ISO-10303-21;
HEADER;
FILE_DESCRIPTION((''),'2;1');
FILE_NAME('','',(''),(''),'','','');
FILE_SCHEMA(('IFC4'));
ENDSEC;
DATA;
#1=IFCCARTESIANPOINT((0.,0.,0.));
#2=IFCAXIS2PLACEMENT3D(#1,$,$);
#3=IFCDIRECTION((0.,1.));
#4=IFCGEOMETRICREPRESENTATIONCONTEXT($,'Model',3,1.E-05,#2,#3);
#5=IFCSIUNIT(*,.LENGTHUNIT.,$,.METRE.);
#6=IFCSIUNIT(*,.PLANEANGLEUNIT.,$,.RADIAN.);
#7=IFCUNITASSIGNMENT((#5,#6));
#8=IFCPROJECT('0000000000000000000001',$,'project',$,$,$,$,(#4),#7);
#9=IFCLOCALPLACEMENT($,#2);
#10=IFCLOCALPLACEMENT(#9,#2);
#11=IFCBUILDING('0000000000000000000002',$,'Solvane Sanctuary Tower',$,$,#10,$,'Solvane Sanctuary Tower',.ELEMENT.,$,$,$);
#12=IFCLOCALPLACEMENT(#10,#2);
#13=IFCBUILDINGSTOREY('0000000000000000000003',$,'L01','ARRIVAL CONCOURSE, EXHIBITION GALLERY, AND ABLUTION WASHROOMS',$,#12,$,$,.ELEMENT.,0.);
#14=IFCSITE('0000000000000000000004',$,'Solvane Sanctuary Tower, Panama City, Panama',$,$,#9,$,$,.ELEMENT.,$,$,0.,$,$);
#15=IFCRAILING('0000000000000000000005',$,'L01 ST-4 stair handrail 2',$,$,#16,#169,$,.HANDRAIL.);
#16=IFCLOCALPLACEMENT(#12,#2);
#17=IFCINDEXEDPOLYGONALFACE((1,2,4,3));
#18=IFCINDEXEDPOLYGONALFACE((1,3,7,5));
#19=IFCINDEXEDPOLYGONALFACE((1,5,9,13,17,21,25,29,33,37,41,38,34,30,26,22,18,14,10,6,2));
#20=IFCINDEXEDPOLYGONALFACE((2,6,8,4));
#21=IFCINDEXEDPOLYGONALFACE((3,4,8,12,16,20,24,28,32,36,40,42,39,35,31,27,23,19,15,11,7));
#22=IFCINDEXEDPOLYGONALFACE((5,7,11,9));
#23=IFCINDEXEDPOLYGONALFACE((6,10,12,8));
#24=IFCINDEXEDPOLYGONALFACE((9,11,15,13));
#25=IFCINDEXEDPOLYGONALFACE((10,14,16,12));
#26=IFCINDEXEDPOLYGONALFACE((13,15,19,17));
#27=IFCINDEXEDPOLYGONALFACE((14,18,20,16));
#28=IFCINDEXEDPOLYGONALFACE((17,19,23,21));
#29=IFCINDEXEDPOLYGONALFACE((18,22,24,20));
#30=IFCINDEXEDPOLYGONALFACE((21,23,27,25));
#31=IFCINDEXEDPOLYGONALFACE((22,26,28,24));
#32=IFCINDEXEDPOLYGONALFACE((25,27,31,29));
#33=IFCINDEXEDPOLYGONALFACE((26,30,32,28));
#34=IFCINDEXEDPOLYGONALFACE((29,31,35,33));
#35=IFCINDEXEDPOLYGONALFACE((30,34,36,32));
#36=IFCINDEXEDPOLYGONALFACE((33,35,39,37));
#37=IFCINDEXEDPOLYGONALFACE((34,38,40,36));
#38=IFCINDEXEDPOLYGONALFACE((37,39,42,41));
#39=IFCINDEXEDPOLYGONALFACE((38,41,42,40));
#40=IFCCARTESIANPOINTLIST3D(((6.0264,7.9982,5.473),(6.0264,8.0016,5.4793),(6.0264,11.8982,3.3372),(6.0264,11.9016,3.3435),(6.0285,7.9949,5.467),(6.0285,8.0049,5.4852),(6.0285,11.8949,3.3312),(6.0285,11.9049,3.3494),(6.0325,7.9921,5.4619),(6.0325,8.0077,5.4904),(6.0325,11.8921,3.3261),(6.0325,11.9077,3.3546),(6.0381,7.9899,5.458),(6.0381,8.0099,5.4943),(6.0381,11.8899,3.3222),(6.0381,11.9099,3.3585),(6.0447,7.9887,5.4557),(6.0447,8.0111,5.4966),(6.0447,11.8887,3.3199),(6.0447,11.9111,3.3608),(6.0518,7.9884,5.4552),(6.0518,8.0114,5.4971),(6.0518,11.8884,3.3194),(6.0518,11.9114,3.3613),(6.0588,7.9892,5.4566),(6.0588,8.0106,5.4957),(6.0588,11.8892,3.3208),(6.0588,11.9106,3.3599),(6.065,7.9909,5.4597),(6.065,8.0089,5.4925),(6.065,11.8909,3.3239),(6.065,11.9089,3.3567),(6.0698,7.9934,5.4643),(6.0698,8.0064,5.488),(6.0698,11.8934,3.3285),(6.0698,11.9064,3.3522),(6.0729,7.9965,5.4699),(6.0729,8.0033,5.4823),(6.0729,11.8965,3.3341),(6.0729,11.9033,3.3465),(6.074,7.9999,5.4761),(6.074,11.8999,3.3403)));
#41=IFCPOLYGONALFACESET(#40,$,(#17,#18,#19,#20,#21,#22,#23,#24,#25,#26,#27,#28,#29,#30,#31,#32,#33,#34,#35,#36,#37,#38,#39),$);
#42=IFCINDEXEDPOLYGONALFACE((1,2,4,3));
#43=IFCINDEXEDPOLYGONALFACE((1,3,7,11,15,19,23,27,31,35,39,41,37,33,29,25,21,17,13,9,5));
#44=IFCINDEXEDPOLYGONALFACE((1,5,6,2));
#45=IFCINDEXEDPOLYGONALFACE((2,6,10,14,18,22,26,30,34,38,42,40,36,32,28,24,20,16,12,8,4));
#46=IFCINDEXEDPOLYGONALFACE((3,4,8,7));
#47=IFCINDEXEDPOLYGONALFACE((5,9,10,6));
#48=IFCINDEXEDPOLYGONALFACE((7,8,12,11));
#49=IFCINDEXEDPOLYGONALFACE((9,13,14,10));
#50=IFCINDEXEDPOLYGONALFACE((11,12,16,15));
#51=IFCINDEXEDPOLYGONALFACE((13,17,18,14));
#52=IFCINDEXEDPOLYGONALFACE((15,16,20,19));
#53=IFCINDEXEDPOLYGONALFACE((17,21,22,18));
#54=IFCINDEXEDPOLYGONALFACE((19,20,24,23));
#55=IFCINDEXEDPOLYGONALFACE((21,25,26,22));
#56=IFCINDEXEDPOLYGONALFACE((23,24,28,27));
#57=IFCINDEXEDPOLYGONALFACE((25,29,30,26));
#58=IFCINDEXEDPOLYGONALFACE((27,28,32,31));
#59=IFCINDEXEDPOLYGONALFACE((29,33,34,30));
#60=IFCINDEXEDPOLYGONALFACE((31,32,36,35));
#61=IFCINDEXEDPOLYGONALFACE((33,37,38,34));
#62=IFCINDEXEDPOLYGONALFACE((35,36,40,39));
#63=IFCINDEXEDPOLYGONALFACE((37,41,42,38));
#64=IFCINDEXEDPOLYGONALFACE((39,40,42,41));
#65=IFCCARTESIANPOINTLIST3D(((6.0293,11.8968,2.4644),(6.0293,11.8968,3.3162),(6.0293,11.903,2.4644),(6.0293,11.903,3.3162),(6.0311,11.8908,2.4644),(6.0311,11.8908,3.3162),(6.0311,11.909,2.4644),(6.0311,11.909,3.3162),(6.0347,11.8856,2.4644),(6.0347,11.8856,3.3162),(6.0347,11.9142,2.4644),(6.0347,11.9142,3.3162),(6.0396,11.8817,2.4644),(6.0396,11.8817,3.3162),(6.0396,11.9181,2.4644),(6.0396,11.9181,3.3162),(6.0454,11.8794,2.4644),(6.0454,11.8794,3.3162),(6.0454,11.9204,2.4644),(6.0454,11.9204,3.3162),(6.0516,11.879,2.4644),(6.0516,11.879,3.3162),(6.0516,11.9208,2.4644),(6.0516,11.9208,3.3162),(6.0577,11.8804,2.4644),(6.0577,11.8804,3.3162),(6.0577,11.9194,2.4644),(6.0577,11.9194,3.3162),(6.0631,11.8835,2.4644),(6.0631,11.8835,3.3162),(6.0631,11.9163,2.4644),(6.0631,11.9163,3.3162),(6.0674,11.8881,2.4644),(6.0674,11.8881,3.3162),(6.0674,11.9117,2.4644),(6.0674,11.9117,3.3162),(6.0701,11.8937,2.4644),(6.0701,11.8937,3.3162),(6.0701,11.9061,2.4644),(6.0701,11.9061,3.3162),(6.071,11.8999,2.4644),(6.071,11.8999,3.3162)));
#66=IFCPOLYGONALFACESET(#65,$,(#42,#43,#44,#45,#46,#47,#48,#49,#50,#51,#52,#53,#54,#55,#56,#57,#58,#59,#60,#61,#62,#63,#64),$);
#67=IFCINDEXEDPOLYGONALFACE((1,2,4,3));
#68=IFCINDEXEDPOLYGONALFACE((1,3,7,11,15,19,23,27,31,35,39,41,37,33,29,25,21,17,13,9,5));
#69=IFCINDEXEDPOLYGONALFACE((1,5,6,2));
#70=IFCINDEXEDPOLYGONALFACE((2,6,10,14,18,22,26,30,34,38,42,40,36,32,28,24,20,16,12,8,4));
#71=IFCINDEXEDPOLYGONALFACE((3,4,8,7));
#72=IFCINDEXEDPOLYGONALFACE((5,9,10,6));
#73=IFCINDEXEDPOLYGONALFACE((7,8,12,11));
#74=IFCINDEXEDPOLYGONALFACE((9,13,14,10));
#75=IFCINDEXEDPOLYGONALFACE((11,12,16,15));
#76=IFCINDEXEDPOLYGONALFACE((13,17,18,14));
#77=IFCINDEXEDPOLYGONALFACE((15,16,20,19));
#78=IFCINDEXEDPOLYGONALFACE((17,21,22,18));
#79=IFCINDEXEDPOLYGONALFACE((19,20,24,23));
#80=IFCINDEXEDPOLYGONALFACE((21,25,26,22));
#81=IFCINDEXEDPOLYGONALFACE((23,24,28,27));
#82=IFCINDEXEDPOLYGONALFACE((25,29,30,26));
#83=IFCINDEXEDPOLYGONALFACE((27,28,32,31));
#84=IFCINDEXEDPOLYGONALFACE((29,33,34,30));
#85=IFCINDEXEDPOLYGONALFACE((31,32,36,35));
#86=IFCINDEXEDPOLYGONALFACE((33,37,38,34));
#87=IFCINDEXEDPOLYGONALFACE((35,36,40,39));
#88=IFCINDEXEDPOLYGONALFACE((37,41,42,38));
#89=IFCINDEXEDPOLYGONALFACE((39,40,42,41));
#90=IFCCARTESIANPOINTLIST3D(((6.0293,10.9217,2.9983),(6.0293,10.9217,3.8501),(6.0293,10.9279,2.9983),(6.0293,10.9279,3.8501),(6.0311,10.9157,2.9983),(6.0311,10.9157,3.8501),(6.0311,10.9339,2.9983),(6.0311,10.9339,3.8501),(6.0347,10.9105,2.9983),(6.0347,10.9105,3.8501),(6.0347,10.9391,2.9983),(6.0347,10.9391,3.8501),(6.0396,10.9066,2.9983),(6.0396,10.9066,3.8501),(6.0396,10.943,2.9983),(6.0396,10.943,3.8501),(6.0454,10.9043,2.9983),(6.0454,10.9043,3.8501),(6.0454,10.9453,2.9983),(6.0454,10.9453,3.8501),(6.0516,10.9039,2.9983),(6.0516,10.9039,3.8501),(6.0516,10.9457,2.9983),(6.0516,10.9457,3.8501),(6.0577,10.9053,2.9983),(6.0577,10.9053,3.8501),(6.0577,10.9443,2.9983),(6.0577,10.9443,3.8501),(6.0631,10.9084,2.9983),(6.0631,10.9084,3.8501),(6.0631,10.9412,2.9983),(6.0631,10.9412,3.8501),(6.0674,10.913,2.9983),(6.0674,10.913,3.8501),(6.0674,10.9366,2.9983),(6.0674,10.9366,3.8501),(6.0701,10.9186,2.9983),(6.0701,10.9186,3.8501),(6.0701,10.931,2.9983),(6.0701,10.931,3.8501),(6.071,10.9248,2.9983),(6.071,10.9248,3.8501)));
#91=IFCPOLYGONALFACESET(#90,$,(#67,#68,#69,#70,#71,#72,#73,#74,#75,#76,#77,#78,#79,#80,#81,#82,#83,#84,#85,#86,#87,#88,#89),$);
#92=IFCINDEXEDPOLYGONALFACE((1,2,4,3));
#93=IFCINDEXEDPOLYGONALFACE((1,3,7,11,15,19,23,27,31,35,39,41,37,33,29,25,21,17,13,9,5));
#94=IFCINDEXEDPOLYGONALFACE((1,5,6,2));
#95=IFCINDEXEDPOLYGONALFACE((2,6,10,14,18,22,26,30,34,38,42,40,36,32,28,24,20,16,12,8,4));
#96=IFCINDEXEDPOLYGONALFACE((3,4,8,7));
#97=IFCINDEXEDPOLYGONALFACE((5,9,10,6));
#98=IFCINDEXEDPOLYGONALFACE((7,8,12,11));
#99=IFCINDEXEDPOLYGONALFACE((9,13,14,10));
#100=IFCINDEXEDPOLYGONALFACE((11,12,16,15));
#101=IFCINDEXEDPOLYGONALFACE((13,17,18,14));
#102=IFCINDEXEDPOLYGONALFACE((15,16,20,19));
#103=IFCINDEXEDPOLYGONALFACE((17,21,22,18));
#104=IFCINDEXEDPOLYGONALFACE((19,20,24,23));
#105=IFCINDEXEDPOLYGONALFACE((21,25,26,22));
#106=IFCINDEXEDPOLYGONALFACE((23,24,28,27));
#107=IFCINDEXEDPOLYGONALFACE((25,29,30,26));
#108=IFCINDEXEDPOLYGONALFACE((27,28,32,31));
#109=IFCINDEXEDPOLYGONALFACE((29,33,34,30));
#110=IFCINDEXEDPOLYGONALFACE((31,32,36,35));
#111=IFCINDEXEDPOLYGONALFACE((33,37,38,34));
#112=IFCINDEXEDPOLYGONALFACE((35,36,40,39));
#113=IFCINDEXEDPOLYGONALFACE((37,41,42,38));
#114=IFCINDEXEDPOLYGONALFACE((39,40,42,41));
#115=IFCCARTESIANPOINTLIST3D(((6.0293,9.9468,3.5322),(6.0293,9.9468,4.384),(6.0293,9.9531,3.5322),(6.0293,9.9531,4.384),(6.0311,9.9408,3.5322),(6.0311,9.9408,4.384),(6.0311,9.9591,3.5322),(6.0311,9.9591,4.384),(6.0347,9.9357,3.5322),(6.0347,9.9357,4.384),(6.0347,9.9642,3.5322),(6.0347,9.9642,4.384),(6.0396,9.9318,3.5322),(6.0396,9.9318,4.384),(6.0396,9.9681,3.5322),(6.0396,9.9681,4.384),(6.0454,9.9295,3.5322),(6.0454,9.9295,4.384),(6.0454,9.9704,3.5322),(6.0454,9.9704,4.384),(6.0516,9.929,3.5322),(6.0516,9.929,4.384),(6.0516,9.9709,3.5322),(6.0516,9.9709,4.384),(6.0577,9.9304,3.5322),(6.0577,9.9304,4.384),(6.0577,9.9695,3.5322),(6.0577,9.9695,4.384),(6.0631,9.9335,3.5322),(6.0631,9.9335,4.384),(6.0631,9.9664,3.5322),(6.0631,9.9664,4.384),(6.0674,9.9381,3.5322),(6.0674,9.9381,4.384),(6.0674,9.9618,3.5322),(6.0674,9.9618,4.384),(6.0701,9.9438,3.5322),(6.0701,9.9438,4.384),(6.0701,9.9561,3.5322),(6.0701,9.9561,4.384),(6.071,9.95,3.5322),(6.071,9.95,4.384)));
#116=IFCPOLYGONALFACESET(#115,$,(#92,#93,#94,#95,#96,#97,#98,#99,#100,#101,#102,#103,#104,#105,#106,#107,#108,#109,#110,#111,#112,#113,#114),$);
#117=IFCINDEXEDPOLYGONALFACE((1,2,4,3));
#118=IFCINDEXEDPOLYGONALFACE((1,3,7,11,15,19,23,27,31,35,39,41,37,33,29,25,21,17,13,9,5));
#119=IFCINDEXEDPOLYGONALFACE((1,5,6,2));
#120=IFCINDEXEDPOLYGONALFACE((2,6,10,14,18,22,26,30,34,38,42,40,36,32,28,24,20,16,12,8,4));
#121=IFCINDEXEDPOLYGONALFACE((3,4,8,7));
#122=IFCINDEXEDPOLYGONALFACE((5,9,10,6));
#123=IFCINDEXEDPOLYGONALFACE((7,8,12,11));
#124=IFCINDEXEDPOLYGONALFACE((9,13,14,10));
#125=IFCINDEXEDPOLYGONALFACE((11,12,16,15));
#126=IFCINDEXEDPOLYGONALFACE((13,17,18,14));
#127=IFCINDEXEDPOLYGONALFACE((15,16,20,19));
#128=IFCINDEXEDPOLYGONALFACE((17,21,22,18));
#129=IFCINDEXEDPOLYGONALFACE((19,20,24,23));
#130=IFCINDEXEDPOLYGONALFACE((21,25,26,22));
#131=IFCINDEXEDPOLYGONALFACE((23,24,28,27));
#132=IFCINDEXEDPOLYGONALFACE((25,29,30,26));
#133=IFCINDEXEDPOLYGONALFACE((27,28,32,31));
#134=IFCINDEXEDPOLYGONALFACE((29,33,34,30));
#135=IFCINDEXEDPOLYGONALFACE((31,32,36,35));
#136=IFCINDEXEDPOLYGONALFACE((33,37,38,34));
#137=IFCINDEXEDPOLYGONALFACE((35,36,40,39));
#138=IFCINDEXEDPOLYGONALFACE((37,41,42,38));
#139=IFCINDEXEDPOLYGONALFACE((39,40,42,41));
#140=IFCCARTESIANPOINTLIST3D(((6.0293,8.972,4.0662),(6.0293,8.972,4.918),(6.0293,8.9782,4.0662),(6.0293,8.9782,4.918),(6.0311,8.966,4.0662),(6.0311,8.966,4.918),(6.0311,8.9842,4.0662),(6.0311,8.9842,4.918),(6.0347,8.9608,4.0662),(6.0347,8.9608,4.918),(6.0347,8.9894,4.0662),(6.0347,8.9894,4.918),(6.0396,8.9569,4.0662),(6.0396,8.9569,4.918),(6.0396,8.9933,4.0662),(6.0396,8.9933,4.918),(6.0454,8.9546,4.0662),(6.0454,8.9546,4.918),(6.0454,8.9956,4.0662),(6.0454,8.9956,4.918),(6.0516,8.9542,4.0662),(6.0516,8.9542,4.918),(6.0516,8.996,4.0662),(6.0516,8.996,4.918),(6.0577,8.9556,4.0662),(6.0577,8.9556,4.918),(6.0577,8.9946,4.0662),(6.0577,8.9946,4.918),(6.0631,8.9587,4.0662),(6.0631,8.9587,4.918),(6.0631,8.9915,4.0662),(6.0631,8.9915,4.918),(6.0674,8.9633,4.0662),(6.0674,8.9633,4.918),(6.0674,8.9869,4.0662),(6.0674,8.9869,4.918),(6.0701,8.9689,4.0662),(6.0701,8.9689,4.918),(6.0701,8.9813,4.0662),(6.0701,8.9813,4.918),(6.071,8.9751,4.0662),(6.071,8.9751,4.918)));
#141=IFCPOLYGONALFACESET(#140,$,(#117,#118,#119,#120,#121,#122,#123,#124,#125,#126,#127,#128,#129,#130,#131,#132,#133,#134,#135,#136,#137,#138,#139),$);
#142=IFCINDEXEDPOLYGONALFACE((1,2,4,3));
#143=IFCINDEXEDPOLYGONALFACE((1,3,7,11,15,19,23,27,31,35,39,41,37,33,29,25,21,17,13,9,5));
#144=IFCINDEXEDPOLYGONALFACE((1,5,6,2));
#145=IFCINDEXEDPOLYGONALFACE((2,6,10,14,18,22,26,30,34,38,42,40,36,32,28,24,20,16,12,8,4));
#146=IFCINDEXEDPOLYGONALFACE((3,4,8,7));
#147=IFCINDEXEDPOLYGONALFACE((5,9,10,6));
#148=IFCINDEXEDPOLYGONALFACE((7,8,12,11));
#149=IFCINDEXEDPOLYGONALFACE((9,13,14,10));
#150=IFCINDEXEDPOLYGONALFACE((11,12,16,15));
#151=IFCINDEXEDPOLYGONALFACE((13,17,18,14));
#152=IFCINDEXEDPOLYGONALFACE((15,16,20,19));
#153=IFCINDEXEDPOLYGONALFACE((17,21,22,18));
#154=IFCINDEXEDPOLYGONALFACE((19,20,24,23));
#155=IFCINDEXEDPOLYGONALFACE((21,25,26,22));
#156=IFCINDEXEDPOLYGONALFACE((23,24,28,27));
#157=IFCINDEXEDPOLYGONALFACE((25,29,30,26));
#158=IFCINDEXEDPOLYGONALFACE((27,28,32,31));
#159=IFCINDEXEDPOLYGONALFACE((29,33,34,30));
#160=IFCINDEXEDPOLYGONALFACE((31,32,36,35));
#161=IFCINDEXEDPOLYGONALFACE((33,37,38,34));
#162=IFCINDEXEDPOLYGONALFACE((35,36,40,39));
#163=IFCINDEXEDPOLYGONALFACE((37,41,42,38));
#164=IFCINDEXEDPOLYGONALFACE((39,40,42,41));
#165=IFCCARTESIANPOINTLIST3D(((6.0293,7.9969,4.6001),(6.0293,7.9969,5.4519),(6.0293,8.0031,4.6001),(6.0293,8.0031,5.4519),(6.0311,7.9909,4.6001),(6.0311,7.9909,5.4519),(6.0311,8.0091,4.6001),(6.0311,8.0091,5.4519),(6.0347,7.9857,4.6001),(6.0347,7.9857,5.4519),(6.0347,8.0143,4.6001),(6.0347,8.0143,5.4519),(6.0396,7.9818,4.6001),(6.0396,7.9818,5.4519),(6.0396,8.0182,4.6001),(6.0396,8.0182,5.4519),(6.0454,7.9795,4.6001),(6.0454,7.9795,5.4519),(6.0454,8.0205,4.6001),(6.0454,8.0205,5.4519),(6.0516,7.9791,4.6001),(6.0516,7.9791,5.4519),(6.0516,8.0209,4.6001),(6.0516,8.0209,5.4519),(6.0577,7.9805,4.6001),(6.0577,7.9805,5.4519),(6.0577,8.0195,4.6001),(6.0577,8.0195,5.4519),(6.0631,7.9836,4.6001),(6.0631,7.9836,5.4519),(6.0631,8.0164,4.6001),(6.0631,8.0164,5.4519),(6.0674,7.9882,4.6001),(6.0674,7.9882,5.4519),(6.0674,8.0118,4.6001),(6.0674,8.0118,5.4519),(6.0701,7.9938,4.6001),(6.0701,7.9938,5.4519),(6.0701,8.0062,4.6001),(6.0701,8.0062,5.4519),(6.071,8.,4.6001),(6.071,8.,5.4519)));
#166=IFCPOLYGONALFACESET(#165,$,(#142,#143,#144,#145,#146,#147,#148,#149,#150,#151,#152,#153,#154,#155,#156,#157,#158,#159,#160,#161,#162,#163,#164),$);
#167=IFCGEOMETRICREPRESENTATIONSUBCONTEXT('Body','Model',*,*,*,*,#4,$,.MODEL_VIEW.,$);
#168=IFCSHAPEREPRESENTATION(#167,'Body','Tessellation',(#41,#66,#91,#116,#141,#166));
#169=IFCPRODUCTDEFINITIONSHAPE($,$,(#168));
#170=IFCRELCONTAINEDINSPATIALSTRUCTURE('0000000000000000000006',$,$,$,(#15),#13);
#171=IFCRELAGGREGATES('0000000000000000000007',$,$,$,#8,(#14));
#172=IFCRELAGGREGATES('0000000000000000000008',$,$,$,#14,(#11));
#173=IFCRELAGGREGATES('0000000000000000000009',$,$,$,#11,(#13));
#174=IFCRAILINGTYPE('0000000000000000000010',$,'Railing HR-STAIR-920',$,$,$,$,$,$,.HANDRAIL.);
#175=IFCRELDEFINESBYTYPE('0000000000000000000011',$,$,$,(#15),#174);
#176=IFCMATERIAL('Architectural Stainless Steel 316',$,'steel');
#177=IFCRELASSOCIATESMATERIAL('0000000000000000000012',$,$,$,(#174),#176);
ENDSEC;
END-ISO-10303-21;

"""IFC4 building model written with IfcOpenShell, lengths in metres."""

from ifc_helpers import new_model, si_unit, direction, frame, origin, origin_2d, place, context, subcontext, project, spatial, circle, extrude, material, type_object, element, save


model = new_model("IFC4")

# Units and contexts
model_context = context("Model", 3, precision=1e-05, world=origin(), true_north=direction((0.0, 1.0)))
body_context = subcontext(model_context, "Body", "Model", "MODEL_VIEW")
ifc_project = project(units=[si_unit("LENGTHUNIT", "METRE"), si_unit("PLANEANGLEUNIT", "RADIAN")], contexts=[model_context])

# Site, building, storey
site_placement = place(None, origin())
site = spatial("IfcSite", under=ifc_project, at=site_placement, Name="Solvane Sanctuary Tower, Panama City, Panama", CompositionType="ELEMENT", RefElevation=0.0)
building_placement = place(site_placement, origin())
building = spatial("IfcBuilding", under=site, at=building_placement, Name="Solvane Sanctuary Tower", LongName="Solvane Sanctuary Tower", CompositionType="ELEMENT")
storey_placement = place(building_placement, origin())
storey = spatial("IfcBuildingStorey", under=building, at=storey_placement, Name="L01", Description="ARRIVAL CONCOURSE, EXHIBITION GALLERY, AND ABLUTION WASHROOMS", CompositionType="ELEMENT", Elevation=0.0)

# Shared definitions
ifc_material_1 = material(Name="Architectural Stainless Steel 316", Category="steel")

# Railing
railing_type_1 = type_object("IfcRailingType", Name="Railing HR-STAIR-920", PredefinedType="HANDRAIL", material=ifc_material_1)
railing_1_placement = place(storey_placement, frame((6.05, 11.8999, 2.4644)))
element("IfcRailing", 1, at=railing_1_placement, inside=storey, type_object=railing_type_1, Name="L01 ST-4 stair handrail 2", PredefinedType="HANDRAIL", context=body_context, shape_type="SweptSolid", body=[
    extrude(circle(Radius=0.0239, at=origin_2d()), frame((0.0, 0.0, 0.876), z_axis=(0.0, -0.877089, 0.480329), x_axis=(1.0, 0.0, 0.0)), (0.0, 0.0, 1.0), 4.4465),
    extrude(circle(Radius=0.021, at=origin_2d()), origin(), (0.0, 0.0, 1.0), 0.8518),
    extrude(circle(Radius=0.021, at=origin_2d()), frame((0.0, -0.9751, 0.5339)), (0.0, 0.0, 1.0), 0.8518),
    extrude(circle(Radius=0.021, at=origin_2d()), frame((0.0, -1.95, 1.0679)), (0.0, 0.0, 1.0), 0.8518),
    extrude(circle(Radius=0.021, at=origin_2d()), frame((0.0, -2.9248, 1.6018)), (0.0, 0.0, 1.0), 0.8518),
    extrude(circle(Radius=0.021, at=origin_2d()), frame((0.0, -3.8999, 2.1357)), (0.0, 0.0, 1.0), 0.8518),
])

save(model, "model.ifc")
